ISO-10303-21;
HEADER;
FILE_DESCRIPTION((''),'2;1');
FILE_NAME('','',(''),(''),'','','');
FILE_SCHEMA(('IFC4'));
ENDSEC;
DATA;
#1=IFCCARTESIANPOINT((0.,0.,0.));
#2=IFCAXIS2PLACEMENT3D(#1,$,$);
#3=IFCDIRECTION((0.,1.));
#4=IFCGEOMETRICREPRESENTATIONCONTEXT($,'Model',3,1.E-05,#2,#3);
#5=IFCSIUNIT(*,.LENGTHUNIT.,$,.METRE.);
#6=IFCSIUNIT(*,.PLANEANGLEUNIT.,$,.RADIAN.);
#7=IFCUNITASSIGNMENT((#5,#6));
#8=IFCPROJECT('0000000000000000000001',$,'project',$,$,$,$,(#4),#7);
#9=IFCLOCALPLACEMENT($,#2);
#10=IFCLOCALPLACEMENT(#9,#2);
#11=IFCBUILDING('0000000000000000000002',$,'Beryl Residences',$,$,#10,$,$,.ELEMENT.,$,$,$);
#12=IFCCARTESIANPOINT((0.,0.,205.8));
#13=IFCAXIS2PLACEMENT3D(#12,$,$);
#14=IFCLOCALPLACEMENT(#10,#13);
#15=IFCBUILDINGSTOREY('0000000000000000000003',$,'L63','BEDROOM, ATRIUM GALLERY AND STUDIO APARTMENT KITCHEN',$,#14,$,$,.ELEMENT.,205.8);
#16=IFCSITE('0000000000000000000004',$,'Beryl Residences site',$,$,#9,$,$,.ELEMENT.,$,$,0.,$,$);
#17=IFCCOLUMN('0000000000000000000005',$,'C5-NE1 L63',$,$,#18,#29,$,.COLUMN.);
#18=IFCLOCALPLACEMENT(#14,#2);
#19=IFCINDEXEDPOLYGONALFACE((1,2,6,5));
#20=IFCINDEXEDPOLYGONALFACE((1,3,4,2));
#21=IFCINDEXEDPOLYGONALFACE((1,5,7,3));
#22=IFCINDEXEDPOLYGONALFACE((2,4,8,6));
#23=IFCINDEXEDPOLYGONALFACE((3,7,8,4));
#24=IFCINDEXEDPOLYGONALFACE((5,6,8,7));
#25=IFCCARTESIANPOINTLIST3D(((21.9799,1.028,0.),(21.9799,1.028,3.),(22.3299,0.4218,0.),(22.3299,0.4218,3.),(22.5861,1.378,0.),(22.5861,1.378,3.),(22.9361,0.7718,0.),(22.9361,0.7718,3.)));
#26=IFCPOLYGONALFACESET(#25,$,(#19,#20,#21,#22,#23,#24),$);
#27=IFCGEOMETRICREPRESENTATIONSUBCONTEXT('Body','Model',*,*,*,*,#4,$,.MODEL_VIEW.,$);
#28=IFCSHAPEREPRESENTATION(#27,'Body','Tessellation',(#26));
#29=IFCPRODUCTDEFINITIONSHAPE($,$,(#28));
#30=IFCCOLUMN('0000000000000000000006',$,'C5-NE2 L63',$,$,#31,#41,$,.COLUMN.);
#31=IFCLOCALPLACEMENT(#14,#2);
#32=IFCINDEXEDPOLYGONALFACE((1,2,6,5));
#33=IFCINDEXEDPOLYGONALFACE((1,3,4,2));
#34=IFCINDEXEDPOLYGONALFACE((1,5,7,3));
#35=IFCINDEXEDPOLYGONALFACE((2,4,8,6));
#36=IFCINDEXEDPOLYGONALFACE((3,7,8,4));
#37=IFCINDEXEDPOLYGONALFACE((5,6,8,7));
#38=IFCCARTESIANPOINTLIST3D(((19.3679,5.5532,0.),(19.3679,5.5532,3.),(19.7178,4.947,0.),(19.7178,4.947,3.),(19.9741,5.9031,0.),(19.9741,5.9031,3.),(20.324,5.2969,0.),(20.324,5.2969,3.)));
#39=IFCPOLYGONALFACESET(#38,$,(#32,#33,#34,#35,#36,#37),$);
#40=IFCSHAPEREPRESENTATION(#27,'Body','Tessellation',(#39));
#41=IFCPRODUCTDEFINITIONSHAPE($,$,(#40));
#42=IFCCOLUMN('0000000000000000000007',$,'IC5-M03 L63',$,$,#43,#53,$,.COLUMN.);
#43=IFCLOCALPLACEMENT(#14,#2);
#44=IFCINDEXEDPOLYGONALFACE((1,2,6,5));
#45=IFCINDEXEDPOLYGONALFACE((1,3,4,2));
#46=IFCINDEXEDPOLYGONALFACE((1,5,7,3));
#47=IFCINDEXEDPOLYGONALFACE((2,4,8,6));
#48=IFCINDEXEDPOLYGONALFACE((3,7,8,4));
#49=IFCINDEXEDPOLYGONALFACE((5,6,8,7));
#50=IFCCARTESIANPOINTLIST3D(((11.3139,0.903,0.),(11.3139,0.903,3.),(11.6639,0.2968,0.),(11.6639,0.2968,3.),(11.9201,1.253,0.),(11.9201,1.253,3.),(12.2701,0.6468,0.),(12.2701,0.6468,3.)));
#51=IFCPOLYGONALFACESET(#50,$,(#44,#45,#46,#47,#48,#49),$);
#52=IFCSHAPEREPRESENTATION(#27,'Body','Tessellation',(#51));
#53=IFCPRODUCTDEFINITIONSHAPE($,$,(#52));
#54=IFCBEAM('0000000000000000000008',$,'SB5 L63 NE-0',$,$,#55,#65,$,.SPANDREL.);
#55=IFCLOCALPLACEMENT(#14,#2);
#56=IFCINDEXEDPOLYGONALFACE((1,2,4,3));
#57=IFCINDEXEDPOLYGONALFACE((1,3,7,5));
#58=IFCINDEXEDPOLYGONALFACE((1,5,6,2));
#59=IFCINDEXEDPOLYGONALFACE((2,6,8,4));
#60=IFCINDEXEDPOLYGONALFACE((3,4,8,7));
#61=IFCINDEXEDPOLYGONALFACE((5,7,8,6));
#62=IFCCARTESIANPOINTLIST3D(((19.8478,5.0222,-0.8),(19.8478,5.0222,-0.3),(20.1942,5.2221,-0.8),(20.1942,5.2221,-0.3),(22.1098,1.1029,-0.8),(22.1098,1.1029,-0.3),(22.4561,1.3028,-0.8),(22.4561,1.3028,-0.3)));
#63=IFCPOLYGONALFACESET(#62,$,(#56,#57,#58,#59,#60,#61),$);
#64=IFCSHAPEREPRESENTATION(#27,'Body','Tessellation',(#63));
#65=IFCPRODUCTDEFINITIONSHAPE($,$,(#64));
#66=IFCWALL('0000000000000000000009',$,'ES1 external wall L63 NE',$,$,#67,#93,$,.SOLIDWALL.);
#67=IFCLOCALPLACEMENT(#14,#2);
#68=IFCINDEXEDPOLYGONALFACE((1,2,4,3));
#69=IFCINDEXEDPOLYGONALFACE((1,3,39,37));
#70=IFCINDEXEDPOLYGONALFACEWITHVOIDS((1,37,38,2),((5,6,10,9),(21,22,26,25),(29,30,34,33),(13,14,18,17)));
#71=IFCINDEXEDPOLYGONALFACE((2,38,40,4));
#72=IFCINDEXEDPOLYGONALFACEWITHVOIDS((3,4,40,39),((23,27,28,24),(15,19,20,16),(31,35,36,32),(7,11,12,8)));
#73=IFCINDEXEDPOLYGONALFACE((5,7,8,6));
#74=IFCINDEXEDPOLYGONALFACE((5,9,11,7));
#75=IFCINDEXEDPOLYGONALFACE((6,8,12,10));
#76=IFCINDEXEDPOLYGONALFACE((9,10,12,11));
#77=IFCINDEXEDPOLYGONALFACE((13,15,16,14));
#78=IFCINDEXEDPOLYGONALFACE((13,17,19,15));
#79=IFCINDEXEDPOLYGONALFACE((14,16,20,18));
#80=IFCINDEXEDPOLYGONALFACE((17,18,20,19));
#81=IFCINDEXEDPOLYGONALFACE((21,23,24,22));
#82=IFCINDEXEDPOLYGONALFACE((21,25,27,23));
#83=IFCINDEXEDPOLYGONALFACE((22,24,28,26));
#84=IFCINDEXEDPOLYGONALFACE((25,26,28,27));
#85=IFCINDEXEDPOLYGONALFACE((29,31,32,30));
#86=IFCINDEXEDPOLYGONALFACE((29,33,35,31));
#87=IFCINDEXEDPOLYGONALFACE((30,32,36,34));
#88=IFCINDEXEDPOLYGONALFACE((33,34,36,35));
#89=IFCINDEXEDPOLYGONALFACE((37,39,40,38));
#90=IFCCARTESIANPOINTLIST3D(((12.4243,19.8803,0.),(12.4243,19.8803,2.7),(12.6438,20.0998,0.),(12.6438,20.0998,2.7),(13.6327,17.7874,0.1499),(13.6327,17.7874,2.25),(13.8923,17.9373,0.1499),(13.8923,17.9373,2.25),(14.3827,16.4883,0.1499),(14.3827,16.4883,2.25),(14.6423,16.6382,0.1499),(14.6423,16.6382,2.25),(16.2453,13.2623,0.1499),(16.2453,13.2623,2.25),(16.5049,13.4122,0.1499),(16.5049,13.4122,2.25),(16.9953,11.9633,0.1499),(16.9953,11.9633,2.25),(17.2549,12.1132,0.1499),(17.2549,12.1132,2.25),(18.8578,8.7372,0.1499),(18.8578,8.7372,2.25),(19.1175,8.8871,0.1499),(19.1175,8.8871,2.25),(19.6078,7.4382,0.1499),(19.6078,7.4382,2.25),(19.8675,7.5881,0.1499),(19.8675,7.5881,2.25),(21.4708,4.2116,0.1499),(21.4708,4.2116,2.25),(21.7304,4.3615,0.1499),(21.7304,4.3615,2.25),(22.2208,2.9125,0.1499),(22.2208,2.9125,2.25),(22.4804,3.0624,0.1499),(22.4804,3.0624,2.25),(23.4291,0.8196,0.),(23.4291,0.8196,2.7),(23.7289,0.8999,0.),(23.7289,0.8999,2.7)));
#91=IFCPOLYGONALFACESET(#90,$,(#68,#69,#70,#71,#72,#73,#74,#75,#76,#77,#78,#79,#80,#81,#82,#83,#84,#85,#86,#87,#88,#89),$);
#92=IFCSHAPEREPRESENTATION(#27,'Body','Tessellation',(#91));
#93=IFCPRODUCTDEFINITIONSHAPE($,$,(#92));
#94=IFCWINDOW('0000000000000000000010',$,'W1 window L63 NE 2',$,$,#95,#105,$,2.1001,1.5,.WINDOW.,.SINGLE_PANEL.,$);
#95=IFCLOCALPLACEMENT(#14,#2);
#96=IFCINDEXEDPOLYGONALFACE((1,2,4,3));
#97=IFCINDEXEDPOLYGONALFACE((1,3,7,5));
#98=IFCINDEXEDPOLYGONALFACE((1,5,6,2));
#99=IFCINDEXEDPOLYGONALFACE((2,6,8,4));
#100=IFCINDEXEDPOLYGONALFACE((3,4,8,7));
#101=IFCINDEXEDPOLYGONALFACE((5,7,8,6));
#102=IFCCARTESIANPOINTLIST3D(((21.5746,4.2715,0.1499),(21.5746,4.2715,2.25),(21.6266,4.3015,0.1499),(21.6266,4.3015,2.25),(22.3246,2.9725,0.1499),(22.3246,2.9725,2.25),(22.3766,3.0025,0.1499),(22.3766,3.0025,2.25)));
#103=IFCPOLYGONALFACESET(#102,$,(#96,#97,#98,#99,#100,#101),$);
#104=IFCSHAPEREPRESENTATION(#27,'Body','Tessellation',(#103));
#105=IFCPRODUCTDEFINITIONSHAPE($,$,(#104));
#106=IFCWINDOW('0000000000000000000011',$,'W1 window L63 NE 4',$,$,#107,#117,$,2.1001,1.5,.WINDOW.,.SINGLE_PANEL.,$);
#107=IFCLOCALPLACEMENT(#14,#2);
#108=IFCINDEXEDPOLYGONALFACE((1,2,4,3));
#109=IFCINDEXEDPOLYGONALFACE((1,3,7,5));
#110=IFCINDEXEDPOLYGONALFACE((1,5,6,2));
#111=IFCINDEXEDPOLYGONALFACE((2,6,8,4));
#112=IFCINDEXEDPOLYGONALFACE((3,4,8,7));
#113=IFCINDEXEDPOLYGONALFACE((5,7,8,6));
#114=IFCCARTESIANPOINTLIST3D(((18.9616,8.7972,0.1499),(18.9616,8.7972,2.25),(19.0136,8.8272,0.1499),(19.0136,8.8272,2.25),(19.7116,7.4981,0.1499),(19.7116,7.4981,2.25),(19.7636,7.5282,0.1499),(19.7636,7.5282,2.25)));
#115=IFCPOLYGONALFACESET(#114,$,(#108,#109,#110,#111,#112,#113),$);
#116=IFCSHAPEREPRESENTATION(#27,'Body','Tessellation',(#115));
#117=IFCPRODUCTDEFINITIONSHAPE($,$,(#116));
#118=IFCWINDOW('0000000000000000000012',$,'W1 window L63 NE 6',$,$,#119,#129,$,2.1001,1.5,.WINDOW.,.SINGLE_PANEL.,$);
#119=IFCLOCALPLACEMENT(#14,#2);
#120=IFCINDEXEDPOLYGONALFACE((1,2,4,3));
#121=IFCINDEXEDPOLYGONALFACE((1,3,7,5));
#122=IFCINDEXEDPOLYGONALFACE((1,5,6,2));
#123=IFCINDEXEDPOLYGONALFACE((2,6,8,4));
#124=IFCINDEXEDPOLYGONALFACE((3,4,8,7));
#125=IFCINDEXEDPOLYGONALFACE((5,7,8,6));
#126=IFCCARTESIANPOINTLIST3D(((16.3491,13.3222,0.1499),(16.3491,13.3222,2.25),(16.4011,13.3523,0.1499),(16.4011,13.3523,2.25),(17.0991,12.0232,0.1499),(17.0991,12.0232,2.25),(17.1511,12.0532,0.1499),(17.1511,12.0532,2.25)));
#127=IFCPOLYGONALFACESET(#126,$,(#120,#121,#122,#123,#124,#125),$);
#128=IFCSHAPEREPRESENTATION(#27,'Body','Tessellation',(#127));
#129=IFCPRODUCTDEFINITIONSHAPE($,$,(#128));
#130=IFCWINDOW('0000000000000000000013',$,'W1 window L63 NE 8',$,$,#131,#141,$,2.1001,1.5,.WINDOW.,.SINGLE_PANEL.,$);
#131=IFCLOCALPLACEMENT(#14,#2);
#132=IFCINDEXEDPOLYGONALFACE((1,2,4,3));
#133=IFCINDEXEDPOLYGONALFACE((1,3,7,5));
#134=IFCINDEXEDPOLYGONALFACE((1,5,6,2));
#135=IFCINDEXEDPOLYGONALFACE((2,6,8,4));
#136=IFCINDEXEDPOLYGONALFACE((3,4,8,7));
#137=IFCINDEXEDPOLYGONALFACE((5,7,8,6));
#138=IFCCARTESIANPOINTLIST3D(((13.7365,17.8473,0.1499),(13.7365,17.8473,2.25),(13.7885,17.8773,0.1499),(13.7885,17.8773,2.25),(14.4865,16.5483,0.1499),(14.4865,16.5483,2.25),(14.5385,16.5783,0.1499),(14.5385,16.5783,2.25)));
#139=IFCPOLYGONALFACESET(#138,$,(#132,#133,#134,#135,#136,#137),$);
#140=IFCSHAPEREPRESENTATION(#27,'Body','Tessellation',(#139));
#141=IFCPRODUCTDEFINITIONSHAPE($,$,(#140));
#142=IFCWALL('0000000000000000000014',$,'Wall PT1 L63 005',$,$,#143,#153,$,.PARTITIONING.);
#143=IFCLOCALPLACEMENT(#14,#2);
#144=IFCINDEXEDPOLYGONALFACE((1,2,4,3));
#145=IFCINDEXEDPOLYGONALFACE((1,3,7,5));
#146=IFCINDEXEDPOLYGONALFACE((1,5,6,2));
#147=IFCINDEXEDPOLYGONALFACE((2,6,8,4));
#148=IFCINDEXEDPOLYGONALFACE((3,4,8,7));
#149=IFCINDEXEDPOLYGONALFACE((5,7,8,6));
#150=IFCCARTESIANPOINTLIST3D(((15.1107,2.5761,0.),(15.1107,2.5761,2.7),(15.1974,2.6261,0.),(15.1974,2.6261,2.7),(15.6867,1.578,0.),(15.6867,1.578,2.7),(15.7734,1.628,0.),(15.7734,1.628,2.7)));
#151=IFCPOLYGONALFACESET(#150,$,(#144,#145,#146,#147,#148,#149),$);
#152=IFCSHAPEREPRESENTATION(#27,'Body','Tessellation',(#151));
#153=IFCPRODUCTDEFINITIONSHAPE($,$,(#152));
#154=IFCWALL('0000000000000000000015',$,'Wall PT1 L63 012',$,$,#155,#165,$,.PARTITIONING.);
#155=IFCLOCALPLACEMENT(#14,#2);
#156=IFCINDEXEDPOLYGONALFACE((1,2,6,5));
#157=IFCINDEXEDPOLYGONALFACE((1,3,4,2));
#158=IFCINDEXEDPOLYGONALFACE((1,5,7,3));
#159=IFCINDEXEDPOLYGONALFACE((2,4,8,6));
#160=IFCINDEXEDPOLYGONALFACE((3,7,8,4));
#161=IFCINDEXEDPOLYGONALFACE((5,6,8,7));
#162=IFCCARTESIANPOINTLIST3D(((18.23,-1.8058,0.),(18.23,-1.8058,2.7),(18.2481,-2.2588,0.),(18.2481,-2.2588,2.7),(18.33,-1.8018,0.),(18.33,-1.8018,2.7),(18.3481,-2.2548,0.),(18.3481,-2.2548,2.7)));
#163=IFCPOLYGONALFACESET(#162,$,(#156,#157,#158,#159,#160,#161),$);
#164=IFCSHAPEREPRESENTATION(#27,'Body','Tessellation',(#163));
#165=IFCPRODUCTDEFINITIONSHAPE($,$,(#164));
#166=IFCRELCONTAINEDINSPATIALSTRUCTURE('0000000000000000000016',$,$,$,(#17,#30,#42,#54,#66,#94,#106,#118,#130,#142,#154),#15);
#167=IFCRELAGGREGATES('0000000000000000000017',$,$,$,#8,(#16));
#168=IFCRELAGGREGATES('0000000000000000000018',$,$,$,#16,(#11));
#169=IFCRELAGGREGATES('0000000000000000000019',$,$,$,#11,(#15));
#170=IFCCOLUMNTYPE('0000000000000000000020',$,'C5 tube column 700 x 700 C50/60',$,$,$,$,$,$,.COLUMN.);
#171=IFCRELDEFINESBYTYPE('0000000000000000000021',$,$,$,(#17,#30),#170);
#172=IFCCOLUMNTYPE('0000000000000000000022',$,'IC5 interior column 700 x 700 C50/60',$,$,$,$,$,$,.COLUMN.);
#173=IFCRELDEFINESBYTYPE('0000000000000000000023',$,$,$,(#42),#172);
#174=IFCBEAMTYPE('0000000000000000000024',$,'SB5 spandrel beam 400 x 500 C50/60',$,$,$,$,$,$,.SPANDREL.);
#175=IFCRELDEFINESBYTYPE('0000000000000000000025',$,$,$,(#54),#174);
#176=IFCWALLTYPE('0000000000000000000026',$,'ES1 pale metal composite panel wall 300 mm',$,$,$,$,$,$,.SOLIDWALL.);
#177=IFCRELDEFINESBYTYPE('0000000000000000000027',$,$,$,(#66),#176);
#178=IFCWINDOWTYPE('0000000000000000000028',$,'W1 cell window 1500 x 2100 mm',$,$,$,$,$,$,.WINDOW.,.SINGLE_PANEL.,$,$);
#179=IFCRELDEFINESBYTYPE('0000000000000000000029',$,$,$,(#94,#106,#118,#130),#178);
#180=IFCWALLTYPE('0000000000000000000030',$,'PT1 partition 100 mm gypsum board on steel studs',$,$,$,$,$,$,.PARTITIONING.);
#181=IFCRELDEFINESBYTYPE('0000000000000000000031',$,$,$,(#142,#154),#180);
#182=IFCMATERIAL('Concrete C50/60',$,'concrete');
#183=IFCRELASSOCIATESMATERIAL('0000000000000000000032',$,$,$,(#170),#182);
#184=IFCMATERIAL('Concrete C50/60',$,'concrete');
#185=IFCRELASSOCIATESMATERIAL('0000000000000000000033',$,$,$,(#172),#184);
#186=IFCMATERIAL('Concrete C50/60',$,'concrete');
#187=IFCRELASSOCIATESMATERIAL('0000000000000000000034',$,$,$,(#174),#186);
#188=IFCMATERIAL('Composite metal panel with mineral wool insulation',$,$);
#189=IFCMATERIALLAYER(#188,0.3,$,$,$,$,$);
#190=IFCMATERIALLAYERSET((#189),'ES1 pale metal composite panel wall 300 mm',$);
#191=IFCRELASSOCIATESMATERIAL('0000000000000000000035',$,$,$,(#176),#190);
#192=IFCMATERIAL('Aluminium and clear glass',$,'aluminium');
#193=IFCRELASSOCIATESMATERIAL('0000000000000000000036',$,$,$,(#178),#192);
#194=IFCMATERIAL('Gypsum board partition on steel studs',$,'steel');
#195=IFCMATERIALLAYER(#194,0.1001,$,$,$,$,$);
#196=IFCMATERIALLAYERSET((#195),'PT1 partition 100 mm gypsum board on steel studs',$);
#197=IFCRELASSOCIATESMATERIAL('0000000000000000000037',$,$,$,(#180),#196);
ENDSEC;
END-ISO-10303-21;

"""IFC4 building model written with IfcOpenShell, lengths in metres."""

from ifc_helpers import new_model, si_unit, direction, frame, frame_2d, origin, origin_2d, place, context, subcontext, project, spatial, polyline, rectangle, outline, extrude, material, layer, layer_set, material_profile, profile_set, type_object, element, fill, save


model = new_model("IFC4")

# Units and contexts
model_context = context("Model", 3, precision=1e-05, world=origin(), true_north=direction((0.0, 1.0)))
body_context = subcontext(model_context, "Body", "Model", "MODEL_VIEW")
ifc_project = project(units=[si_unit("LENGTHUNIT", "METRE"), si_unit("PLANEANGLEUNIT", "RADIAN")], contexts=[model_context])

# Site, building, storey
site_placement = place(None, origin())
site = spatial("IfcSite", under=ifc_project, at=site_placement, Name="Beryl Residences site", CompositionType="ELEMENT", RefElevation=0.0)
building_placement = place(site_placement, origin())
building = spatial("IfcBuilding", under=site, at=building_placement, Name="Beryl Residences", CompositionType="ELEMENT")
storey_placement = place(building_placement, frame((0.0, 0.0, 205.8)))
storey = spatial("IfcBuildingStorey", under=building, at=storey_placement, Name="L63", Description="BEDROOM, ATRIUM GALLERY AND STUDIO APARTMENT KITCHEN", CompositionType="ELEMENT", Elevation=205.8)

# Columns
ifc_material_1 = material(Name="Concrete C50/60", Category="concrete")
ifc_material_profile_1 = material_profile(ifc_material_1, rectangle(XDim=0.7, YDim=0.7, at=origin_2d()))
ifc_profile_set_1 = profile_set([ifc_material_profile_1], Name="Concrete C50/60")
column_type_1 = type_object("IfcColumnType", Name="C5 tube column 700 x 700 C50/60", PredefinedType="COLUMN", material=ifc_profile_set_1)
for number, where, z_axis, x_axis, name in (
    (1, (22.458, 0.8999, 0.0), (0.0, 0.0, 1.0), (-0.49997, 0.866043, 0.0), "C5-NE1 L63"),
    (2, (19.8459, 5.425, 0.0), (0.0, 0.0, 1.0), (-0.49997, 0.866043, 0.0), "C5-NE2 L63"),
):
    element("IfcColumn", number, at=place(storey_placement, frame(where, z_axis=z_axis, x_axis=x_axis)), inside=storey, type_object=column_type_1, Name=name, PredefinedType="COLUMN", context=body_context, shape_type="SweptSolid", body=[
        extrude(rectangle(XDim=0.7, YDim=0.7, at=origin_2d()), origin(), (0.0, 0.0, 1.0), 3.0),
    ])
ifc_material_2 = material(Name="Concrete C50/60", Category="concrete")
ifc_material_profile_2 = material_profile(ifc_material_2, rectangle(XDim=0.7, YDim=0.7, at=origin_2d()))
ifc_profile_set_2 = profile_set([ifc_material_profile_2], Name="Concrete C50/60")
column_type_2 = type_object("IfcColumnType", Name="IC5 interior column 700 x 700 C50/60", PredefinedType="COLUMN", material=ifc_profile_set_2)
column_placement = place(storey_placement, frame((11.792, 0.7749, 0.0), z_axis=(0.0, 0.0, 1.0), x_axis=(-0.49997, 0.866043, 0.0)))
element("IfcColumn", 3, at=column_placement, inside=storey, type_object=column_type_2, Name="IC5-M03 L63", PredefinedType="COLUMN", context=body_context, shape_type="SweptSolid", body=[
    extrude(rectangle(XDim=0.7, YDim=0.7, at=origin_2d()), origin(), (0.0, 0.0, 1.0), 3.0),
])

# Beam
ifc_material_3 = material(Name="Concrete C50/60", Category="concrete")
ifc_material_profile_3 = material_profile(ifc_material_3, rectangle(XDim=0.3999, YDim=0.5, at=origin_2d()))
ifc_profile_set_3 = profile_set([ifc_material_profile_3], Name="Concrete C50/60")
beam_type = type_object("IfcBeamType", Name="SB5 spandrel beam 400 x 500 C50/60", PredefinedType="SPANDREL", material=ifc_profile_set_3)
beam_placement = place(storey_placement, frame((22.283, 1.2029, -0.55), z_axis=(-0.49987, 0.8661, 0.0), x_axis=(-0.8661, -0.49987, 0.0)))
element("IfcBeam", 4, at=beam_placement, inside=storey, type_object=beam_type, Name="SB5 L63 NE-0", PredefinedType="SPANDREL", context=body_context, shape_type="SweptSolid", body=[
    extrude(rectangle(XDim=0.3999, YDim=0.5, at=origin_2d()), origin(), (0.0, 0.0, 1.0), 4.5251),
])

# Wall, openings, windows
ifc_material_4 = material(Name="Composite metal panel with mineral wool insulation")
ifc_layer_1 = layer(ifc_material_4, 0.3)
ifc_layer_set_1 = layer_set([ifc_layer_1], Name="ES1 pale metal composite panel wall 300 mm")
wall_type_1 = type_object("IfcWallType", Name="ES1 pale metal composite panel wall 300 mm", PredefinedType="SOLIDWALL", material=ifc_layer_set_1)
wall_1_placement = place(storey_placement, frame((23.5991, 0.825, 0.0), z_axis=(0.0, 0.0, 1.0), x_axis=(-0.500004, 0.866023, 0.0)))
wall_1 = element("IfcWall", 5, at=wall_1_placement, inside=storey, type_object=wall_type_1, Name="ES1 external wall L63 NE", PredefinedType="SOLIDWALL", context=body_context, shape_type="SweptSolid", body=[
    extrude(outline(polyline([(0.0, -0.1499), (22.1702, -0.1499), (22.0898, 0.1499), (0.0803, 0.1499), (0.0, -0.1499)])), origin(), (0.0, 0.0, 1.0), 2.7),
])
opening_1_placement = place(wall_1_placement, frame((2.4971, 0.0, 0.1499)))
opening_1 = element("IfcOpeningElement", 6, at=opening_1_placement, cuts=wall_1, PredefinedType="OPENING", context=body_context, shape_type="SweptSolid", body=[
    extrude(rectangle(XDim=1.5, YDim=2.1001, at=frame_2d((0.75, 1.05))), frame((0.0, 0.1599, 0.0), z_axis=(0.0, -1.0, 0.0), x_axis=(1.0, 0.0, 0.0)), (0.0, 0.0, 1.0), 0.3201),
])
opening_2_placement = place(wall_1_placement, frame((7.7229, 0.0, 0.1499)))
opening_2 = element("IfcOpeningElement", 7, at=opening_2_placement, cuts=wall_1, PredefinedType="OPENING", context=body_context, shape_type="SweptSolid", body=[
    extrude(rectangle(XDim=1.5, YDim=2.1001, at=frame_2d((0.75, 1.05))), frame((0.0, 0.1599, 0.0), z_axis=(0.0, -1.0, 0.0), x_axis=(1.0, 0.0, 0.0)), (0.0, 0.0, 1.0), 0.3201),
])
opening_3_placement = place(wall_1_placement, frame((12.948, 0.0, 0.1499)))
opening_3 = element("IfcOpeningElement", 8, at=opening_3_placement, cuts=wall_1, PredefinedType="OPENING", context=body_context, shape_type="SweptSolid", body=[
    extrude(rectangle(XDim=1.5, YDim=2.1001, at=frame_2d((0.75, 1.05))), frame((0.0, 0.1599, 0.0), z_axis=(0.0, -1.0, 0.0), x_axis=(1.0, 0.0, 0.0)), (0.0, 0.0, 1.0), 0.3201),
])
opening_4_placement = place(wall_1_placement, frame((18.1731, 0.0, 0.1499)))
opening_4 = element("IfcOpeningElement", 9, at=opening_4_placement, cuts=wall_1, PredefinedType="OPENING", context=body_context, shape_type="SweptSolid", body=[
    extrude(rectangle(XDim=1.5, YDim=2.1001, at=frame_2d((0.75, 1.05))), frame((0.0, 0.1599, 0.0), z_axis=(0.0, -1.0, 0.0), x_axis=(1.0, 0.0, 0.0)), (0.0, 0.0, 1.0), 0.3201),
])
ifc_material_5 = material(Name="Aluminium and clear glass", Category="aluminium")
window_type = type_object("IfcWindowType", Name="W1 cell window 1500 x 2100 mm", PartitioningType="SINGLE_PANEL", PredefinedType="WINDOW", material=ifc_material_5)
window_1_placement = place(opening_1_placement, origin())
window_1 = element("IfcWindow", 10, at=window_1_placement, inside=storey, type_object=window_type, Name="W1 window L63 NE 2", OverallHeight=2.1001, OverallWidth=1.5, PartitioningType="SINGLE_PANEL", PredefinedType="WINDOW", context=body_context, shape_type="SweptSolid", body=[
    extrude(rectangle(XDim=1.5, YDim=2.1001, at=frame_2d((0.75, 1.05))), frame((0.0, 0.03, 0.0), z_axis=(0.0, -1.0, 0.0), x_axis=(1.0, 0.0, 0.0)), (0.0, 0.0, 1.0), 0.0601),
])
fill(opening_1, window_1)
window_2_placement = place(opening_2_placement, origin())
window_2 = element("IfcWindow", 11, at=window_2_placement, inside=storey, type_object=window_type, Name="W1 window L63 NE 4", OverallHeight=2.1001, OverallWidth=1.5, PartitioningType="SINGLE_PANEL", PredefinedType="WINDOW", context=body_context, shape_type="SweptSolid", body=[
    extrude(rectangle(XDim=1.5, YDim=2.1001, at=frame_2d((0.75, 1.05))), frame((0.0, 0.03, 0.0), z_axis=(0.0, -1.0, 0.0), x_axis=(1.0, 0.0, 0.0)), (0.0, 0.0, 1.0), 0.0601),
])
fill(opening_2, window_2)
window_3_placement = place(opening_3_placement, origin())
window_3 = element("IfcWindow", 12, at=window_3_placement, inside=storey, type_object=window_type, Name="W1 window L63 NE 6", OverallHeight=2.1001, OverallWidth=1.5, PartitioningType="SINGLE_PANEL", PredefinedType="WINDOW", context=body_context, shape_type="SweptSolid", body=[
    extrude(rectangle(XDim=1.5, YDim=2.1001, at=frame_2d((0.75, 1.05))), frame((0.0, 0.03, 0.0), z_axis=(0.0, -1.0, 0.0), x_axis=(1.0, 0.0, 0.0)), (0.0, 0.0, 1.0), 0.0601),
])
fill(opening_3, window_3)
window_4_placement = place(opening_4_placement, origin())
window_4 = element("IfcWindow", 13, at=window_4_placement, inside=storey, type_object=window_type, Name="W1 window L63 NE 8", OverallHeight=2.1001, OverallWidth=1.5, PartitioningType="SINGLE_PANEL", PredefinedType="WINDOW", context=body_context, shape_type="SweptSolid", body=[
    extrude(rectangle(XDim=1.5, YDim=2.1001, at=frame_2d((0.75, 1.05))), frame((0.0, 0.03, 0.0), z_axis=(0.0, -1.0, 0.0), x_axis=(1.0, 0.0, 0.0)), (0.0, 0.0, 1.0), 0.0601),
])
fill(opening_4, window_4)

# Walls
ifc_material_6 = material(Name="Gypsum board partition on steel studs", Category="steel")
ifc_layer_2 = layer(ifc_material_6, 0.1001)
ifc_layer_set_2 = layer_set([ifc_layer_2], Name="PT1 partition 100 mm gypsum board on steel studs")
wall_type_2 = type_object("IfcWallType", Name="PT1 partition 100 mm gypsum board on steel studs", PredefinedType="PARTITIONING", material=ifc_layer_set_2)
wall_2_placement = place(storey_placement, frame((15.1541, 2.6011, 0.0), z_axis=(0.0, 0.0, 1.0), x_axis=(0.499808, -0.866136, 0.0)))
element("IfcWall", 14, at=wall_2_placement, inside=storey, type_object=wall_type_2, Name="Wall PT1 L63 005", PredefinedType="PARTITIONING", context=body_context, shape_type="SweptSolid", body=[
    extrude(rectangle(XDim=1.1523, YDim=0.1001, at=frame_2d((0.5762, 0.0))), origin(), (0.0, 0.0, 1.0), 2.7),
])
wall_3_placement = place(storey_placement, frame((18.28, -1.804, 0.0), z_axis=(0.0, 0.0, 1.0), x_axis=(0.039839, -0.999206, 0.0)))
element("IfcWall", 15, at=wall_3_placement, inside=storey, type_object=wall_type_2, Name="Wall PT1 L63 012", PredefinedType="PARTITIONING", context=body_context, shape_type="SweptSolid", body=[
    extrude(rectangle(XDim=0.4534, YDim=0.1001, at=frame_2d((0.2266, 0.0))), origin(), (0.0, 0.0, 1.0), 2.7),
])

save(model, "model.ifc")
